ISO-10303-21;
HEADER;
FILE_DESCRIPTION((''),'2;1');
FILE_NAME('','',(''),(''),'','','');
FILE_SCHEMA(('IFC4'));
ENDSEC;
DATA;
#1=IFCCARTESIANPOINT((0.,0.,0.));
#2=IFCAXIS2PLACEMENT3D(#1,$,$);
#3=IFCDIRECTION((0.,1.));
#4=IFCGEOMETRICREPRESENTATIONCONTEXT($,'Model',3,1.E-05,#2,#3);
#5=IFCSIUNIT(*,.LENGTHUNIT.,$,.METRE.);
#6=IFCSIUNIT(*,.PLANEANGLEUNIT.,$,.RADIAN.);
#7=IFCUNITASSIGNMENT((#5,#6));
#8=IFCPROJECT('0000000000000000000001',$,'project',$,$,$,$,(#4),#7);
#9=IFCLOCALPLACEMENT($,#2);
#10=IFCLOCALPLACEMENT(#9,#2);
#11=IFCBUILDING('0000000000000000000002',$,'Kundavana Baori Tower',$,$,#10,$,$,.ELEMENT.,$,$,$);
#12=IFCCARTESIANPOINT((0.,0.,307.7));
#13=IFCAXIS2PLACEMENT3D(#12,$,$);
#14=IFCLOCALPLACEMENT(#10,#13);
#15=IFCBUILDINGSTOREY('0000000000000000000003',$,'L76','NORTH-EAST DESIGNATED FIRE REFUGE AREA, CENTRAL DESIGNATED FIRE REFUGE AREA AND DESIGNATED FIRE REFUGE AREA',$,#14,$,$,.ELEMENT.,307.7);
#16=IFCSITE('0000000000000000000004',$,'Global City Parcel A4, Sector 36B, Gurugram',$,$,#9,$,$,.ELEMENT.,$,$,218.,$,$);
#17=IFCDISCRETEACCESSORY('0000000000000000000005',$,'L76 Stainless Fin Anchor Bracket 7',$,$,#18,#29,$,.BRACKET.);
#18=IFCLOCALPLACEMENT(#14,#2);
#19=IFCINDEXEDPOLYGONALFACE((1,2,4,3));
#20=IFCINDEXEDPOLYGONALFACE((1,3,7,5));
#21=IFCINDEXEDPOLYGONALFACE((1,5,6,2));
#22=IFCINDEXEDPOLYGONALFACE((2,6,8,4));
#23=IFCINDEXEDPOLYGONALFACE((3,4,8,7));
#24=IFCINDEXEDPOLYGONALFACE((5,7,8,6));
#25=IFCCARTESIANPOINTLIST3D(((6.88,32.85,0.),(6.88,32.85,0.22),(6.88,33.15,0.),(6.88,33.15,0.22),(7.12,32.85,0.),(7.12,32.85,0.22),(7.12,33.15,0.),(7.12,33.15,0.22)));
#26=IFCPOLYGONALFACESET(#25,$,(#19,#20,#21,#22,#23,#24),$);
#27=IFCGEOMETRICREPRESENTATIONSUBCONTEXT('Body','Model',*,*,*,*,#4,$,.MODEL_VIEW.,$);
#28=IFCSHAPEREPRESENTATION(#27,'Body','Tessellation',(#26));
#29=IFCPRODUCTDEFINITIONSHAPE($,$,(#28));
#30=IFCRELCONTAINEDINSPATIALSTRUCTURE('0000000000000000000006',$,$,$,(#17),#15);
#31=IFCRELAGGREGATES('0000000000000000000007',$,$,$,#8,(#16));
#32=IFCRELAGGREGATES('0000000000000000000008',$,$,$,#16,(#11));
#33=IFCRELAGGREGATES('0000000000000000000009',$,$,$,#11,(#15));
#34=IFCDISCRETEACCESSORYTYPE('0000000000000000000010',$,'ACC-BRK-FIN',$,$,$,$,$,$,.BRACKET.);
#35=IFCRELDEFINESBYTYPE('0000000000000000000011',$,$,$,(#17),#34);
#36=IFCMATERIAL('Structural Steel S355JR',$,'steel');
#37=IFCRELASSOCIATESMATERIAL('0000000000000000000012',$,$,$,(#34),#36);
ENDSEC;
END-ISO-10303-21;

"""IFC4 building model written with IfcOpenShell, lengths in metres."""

from ifc_helpers import new_model, si_unit, direction, frame, origin, origin_2d, place, context, subcontext, project, spatial, rectangle, extrude, material, type_object, element, save


model = new_model("IFC4")

# Units and contexts
model_context = context("Model", 3, precision=1e-05, world=origin(), true_north=direction((0.0, 1.0)))
body_context = subcontext(model_context, "Body", "Model", "MODEL_VIEW")
ifc_project = project(units=[si_unit("LENGTHUNIT", "METRE"), si_unit("PLANEANGLEUNIT", "RADIAN")], contexts=[model_context])

# Site, building, storey
site_placement = place(None, origin())
site = spatial("IfcSite", under=ifc_project, at=site_placement, Name="Global City Parcel A4, Sector 36B, Gurugram", CompositionType="ELEMENT", RefElevation=218.0)
building_placement = place(site_placement, origin())
building = spatial("IfcBuilding", under=site, at=building_placement, Name="Kundavana Baori Tower", CompositionType="ELEMENT")
storey_placement = place(building_placement, frame((0.0, 0.0, 307.7)))
storey = spatial("IfcBuildingStorey", under=building, at=storey_placement, Name="L76", Description="NORTH-EAST DESIGNATED FIRE REFUGE AREA, CENTRAL DESIGNATED FIRE REFUGE AREA AND DESIGNATED FIRE REFUGE AREA", CompositionType="ELEMENT", Elevation=307.7)

# Discrete accessory
ifc_material_1 = material(Name="Structural Steel S355JR", Category="steel")
discrete_accessory_type = type_object("IfcDiscreteAccessoryType", Name="ACC-BRK-FIN", PredefinedType="BRACKET", material=ifc_material_1)
discrete_accessory_placement = place(storey_placement, frame((7.0, 33.0, 0.0), z_axis=(0.0, 0.0, 1.0), x_axis=(1.0, 0.0, 0.0)))
element("IfcDiscreteAccessory", 1, at=discrete_accessory_placement, inside=storey, type_object=discrete_accessory_type, Name="L76 Stainless Fin Anchor Bracket 7", PredefinedType="BRACKET", context=body_context, shape_type="SweptSolid", body=[
    extrude(rectangle(XDim=0.24, YDim=0.3, at=origin_2d()), origin(), (0.0, 0.0, 1.0), 0.22),
])

save(model, "model.ifc")
